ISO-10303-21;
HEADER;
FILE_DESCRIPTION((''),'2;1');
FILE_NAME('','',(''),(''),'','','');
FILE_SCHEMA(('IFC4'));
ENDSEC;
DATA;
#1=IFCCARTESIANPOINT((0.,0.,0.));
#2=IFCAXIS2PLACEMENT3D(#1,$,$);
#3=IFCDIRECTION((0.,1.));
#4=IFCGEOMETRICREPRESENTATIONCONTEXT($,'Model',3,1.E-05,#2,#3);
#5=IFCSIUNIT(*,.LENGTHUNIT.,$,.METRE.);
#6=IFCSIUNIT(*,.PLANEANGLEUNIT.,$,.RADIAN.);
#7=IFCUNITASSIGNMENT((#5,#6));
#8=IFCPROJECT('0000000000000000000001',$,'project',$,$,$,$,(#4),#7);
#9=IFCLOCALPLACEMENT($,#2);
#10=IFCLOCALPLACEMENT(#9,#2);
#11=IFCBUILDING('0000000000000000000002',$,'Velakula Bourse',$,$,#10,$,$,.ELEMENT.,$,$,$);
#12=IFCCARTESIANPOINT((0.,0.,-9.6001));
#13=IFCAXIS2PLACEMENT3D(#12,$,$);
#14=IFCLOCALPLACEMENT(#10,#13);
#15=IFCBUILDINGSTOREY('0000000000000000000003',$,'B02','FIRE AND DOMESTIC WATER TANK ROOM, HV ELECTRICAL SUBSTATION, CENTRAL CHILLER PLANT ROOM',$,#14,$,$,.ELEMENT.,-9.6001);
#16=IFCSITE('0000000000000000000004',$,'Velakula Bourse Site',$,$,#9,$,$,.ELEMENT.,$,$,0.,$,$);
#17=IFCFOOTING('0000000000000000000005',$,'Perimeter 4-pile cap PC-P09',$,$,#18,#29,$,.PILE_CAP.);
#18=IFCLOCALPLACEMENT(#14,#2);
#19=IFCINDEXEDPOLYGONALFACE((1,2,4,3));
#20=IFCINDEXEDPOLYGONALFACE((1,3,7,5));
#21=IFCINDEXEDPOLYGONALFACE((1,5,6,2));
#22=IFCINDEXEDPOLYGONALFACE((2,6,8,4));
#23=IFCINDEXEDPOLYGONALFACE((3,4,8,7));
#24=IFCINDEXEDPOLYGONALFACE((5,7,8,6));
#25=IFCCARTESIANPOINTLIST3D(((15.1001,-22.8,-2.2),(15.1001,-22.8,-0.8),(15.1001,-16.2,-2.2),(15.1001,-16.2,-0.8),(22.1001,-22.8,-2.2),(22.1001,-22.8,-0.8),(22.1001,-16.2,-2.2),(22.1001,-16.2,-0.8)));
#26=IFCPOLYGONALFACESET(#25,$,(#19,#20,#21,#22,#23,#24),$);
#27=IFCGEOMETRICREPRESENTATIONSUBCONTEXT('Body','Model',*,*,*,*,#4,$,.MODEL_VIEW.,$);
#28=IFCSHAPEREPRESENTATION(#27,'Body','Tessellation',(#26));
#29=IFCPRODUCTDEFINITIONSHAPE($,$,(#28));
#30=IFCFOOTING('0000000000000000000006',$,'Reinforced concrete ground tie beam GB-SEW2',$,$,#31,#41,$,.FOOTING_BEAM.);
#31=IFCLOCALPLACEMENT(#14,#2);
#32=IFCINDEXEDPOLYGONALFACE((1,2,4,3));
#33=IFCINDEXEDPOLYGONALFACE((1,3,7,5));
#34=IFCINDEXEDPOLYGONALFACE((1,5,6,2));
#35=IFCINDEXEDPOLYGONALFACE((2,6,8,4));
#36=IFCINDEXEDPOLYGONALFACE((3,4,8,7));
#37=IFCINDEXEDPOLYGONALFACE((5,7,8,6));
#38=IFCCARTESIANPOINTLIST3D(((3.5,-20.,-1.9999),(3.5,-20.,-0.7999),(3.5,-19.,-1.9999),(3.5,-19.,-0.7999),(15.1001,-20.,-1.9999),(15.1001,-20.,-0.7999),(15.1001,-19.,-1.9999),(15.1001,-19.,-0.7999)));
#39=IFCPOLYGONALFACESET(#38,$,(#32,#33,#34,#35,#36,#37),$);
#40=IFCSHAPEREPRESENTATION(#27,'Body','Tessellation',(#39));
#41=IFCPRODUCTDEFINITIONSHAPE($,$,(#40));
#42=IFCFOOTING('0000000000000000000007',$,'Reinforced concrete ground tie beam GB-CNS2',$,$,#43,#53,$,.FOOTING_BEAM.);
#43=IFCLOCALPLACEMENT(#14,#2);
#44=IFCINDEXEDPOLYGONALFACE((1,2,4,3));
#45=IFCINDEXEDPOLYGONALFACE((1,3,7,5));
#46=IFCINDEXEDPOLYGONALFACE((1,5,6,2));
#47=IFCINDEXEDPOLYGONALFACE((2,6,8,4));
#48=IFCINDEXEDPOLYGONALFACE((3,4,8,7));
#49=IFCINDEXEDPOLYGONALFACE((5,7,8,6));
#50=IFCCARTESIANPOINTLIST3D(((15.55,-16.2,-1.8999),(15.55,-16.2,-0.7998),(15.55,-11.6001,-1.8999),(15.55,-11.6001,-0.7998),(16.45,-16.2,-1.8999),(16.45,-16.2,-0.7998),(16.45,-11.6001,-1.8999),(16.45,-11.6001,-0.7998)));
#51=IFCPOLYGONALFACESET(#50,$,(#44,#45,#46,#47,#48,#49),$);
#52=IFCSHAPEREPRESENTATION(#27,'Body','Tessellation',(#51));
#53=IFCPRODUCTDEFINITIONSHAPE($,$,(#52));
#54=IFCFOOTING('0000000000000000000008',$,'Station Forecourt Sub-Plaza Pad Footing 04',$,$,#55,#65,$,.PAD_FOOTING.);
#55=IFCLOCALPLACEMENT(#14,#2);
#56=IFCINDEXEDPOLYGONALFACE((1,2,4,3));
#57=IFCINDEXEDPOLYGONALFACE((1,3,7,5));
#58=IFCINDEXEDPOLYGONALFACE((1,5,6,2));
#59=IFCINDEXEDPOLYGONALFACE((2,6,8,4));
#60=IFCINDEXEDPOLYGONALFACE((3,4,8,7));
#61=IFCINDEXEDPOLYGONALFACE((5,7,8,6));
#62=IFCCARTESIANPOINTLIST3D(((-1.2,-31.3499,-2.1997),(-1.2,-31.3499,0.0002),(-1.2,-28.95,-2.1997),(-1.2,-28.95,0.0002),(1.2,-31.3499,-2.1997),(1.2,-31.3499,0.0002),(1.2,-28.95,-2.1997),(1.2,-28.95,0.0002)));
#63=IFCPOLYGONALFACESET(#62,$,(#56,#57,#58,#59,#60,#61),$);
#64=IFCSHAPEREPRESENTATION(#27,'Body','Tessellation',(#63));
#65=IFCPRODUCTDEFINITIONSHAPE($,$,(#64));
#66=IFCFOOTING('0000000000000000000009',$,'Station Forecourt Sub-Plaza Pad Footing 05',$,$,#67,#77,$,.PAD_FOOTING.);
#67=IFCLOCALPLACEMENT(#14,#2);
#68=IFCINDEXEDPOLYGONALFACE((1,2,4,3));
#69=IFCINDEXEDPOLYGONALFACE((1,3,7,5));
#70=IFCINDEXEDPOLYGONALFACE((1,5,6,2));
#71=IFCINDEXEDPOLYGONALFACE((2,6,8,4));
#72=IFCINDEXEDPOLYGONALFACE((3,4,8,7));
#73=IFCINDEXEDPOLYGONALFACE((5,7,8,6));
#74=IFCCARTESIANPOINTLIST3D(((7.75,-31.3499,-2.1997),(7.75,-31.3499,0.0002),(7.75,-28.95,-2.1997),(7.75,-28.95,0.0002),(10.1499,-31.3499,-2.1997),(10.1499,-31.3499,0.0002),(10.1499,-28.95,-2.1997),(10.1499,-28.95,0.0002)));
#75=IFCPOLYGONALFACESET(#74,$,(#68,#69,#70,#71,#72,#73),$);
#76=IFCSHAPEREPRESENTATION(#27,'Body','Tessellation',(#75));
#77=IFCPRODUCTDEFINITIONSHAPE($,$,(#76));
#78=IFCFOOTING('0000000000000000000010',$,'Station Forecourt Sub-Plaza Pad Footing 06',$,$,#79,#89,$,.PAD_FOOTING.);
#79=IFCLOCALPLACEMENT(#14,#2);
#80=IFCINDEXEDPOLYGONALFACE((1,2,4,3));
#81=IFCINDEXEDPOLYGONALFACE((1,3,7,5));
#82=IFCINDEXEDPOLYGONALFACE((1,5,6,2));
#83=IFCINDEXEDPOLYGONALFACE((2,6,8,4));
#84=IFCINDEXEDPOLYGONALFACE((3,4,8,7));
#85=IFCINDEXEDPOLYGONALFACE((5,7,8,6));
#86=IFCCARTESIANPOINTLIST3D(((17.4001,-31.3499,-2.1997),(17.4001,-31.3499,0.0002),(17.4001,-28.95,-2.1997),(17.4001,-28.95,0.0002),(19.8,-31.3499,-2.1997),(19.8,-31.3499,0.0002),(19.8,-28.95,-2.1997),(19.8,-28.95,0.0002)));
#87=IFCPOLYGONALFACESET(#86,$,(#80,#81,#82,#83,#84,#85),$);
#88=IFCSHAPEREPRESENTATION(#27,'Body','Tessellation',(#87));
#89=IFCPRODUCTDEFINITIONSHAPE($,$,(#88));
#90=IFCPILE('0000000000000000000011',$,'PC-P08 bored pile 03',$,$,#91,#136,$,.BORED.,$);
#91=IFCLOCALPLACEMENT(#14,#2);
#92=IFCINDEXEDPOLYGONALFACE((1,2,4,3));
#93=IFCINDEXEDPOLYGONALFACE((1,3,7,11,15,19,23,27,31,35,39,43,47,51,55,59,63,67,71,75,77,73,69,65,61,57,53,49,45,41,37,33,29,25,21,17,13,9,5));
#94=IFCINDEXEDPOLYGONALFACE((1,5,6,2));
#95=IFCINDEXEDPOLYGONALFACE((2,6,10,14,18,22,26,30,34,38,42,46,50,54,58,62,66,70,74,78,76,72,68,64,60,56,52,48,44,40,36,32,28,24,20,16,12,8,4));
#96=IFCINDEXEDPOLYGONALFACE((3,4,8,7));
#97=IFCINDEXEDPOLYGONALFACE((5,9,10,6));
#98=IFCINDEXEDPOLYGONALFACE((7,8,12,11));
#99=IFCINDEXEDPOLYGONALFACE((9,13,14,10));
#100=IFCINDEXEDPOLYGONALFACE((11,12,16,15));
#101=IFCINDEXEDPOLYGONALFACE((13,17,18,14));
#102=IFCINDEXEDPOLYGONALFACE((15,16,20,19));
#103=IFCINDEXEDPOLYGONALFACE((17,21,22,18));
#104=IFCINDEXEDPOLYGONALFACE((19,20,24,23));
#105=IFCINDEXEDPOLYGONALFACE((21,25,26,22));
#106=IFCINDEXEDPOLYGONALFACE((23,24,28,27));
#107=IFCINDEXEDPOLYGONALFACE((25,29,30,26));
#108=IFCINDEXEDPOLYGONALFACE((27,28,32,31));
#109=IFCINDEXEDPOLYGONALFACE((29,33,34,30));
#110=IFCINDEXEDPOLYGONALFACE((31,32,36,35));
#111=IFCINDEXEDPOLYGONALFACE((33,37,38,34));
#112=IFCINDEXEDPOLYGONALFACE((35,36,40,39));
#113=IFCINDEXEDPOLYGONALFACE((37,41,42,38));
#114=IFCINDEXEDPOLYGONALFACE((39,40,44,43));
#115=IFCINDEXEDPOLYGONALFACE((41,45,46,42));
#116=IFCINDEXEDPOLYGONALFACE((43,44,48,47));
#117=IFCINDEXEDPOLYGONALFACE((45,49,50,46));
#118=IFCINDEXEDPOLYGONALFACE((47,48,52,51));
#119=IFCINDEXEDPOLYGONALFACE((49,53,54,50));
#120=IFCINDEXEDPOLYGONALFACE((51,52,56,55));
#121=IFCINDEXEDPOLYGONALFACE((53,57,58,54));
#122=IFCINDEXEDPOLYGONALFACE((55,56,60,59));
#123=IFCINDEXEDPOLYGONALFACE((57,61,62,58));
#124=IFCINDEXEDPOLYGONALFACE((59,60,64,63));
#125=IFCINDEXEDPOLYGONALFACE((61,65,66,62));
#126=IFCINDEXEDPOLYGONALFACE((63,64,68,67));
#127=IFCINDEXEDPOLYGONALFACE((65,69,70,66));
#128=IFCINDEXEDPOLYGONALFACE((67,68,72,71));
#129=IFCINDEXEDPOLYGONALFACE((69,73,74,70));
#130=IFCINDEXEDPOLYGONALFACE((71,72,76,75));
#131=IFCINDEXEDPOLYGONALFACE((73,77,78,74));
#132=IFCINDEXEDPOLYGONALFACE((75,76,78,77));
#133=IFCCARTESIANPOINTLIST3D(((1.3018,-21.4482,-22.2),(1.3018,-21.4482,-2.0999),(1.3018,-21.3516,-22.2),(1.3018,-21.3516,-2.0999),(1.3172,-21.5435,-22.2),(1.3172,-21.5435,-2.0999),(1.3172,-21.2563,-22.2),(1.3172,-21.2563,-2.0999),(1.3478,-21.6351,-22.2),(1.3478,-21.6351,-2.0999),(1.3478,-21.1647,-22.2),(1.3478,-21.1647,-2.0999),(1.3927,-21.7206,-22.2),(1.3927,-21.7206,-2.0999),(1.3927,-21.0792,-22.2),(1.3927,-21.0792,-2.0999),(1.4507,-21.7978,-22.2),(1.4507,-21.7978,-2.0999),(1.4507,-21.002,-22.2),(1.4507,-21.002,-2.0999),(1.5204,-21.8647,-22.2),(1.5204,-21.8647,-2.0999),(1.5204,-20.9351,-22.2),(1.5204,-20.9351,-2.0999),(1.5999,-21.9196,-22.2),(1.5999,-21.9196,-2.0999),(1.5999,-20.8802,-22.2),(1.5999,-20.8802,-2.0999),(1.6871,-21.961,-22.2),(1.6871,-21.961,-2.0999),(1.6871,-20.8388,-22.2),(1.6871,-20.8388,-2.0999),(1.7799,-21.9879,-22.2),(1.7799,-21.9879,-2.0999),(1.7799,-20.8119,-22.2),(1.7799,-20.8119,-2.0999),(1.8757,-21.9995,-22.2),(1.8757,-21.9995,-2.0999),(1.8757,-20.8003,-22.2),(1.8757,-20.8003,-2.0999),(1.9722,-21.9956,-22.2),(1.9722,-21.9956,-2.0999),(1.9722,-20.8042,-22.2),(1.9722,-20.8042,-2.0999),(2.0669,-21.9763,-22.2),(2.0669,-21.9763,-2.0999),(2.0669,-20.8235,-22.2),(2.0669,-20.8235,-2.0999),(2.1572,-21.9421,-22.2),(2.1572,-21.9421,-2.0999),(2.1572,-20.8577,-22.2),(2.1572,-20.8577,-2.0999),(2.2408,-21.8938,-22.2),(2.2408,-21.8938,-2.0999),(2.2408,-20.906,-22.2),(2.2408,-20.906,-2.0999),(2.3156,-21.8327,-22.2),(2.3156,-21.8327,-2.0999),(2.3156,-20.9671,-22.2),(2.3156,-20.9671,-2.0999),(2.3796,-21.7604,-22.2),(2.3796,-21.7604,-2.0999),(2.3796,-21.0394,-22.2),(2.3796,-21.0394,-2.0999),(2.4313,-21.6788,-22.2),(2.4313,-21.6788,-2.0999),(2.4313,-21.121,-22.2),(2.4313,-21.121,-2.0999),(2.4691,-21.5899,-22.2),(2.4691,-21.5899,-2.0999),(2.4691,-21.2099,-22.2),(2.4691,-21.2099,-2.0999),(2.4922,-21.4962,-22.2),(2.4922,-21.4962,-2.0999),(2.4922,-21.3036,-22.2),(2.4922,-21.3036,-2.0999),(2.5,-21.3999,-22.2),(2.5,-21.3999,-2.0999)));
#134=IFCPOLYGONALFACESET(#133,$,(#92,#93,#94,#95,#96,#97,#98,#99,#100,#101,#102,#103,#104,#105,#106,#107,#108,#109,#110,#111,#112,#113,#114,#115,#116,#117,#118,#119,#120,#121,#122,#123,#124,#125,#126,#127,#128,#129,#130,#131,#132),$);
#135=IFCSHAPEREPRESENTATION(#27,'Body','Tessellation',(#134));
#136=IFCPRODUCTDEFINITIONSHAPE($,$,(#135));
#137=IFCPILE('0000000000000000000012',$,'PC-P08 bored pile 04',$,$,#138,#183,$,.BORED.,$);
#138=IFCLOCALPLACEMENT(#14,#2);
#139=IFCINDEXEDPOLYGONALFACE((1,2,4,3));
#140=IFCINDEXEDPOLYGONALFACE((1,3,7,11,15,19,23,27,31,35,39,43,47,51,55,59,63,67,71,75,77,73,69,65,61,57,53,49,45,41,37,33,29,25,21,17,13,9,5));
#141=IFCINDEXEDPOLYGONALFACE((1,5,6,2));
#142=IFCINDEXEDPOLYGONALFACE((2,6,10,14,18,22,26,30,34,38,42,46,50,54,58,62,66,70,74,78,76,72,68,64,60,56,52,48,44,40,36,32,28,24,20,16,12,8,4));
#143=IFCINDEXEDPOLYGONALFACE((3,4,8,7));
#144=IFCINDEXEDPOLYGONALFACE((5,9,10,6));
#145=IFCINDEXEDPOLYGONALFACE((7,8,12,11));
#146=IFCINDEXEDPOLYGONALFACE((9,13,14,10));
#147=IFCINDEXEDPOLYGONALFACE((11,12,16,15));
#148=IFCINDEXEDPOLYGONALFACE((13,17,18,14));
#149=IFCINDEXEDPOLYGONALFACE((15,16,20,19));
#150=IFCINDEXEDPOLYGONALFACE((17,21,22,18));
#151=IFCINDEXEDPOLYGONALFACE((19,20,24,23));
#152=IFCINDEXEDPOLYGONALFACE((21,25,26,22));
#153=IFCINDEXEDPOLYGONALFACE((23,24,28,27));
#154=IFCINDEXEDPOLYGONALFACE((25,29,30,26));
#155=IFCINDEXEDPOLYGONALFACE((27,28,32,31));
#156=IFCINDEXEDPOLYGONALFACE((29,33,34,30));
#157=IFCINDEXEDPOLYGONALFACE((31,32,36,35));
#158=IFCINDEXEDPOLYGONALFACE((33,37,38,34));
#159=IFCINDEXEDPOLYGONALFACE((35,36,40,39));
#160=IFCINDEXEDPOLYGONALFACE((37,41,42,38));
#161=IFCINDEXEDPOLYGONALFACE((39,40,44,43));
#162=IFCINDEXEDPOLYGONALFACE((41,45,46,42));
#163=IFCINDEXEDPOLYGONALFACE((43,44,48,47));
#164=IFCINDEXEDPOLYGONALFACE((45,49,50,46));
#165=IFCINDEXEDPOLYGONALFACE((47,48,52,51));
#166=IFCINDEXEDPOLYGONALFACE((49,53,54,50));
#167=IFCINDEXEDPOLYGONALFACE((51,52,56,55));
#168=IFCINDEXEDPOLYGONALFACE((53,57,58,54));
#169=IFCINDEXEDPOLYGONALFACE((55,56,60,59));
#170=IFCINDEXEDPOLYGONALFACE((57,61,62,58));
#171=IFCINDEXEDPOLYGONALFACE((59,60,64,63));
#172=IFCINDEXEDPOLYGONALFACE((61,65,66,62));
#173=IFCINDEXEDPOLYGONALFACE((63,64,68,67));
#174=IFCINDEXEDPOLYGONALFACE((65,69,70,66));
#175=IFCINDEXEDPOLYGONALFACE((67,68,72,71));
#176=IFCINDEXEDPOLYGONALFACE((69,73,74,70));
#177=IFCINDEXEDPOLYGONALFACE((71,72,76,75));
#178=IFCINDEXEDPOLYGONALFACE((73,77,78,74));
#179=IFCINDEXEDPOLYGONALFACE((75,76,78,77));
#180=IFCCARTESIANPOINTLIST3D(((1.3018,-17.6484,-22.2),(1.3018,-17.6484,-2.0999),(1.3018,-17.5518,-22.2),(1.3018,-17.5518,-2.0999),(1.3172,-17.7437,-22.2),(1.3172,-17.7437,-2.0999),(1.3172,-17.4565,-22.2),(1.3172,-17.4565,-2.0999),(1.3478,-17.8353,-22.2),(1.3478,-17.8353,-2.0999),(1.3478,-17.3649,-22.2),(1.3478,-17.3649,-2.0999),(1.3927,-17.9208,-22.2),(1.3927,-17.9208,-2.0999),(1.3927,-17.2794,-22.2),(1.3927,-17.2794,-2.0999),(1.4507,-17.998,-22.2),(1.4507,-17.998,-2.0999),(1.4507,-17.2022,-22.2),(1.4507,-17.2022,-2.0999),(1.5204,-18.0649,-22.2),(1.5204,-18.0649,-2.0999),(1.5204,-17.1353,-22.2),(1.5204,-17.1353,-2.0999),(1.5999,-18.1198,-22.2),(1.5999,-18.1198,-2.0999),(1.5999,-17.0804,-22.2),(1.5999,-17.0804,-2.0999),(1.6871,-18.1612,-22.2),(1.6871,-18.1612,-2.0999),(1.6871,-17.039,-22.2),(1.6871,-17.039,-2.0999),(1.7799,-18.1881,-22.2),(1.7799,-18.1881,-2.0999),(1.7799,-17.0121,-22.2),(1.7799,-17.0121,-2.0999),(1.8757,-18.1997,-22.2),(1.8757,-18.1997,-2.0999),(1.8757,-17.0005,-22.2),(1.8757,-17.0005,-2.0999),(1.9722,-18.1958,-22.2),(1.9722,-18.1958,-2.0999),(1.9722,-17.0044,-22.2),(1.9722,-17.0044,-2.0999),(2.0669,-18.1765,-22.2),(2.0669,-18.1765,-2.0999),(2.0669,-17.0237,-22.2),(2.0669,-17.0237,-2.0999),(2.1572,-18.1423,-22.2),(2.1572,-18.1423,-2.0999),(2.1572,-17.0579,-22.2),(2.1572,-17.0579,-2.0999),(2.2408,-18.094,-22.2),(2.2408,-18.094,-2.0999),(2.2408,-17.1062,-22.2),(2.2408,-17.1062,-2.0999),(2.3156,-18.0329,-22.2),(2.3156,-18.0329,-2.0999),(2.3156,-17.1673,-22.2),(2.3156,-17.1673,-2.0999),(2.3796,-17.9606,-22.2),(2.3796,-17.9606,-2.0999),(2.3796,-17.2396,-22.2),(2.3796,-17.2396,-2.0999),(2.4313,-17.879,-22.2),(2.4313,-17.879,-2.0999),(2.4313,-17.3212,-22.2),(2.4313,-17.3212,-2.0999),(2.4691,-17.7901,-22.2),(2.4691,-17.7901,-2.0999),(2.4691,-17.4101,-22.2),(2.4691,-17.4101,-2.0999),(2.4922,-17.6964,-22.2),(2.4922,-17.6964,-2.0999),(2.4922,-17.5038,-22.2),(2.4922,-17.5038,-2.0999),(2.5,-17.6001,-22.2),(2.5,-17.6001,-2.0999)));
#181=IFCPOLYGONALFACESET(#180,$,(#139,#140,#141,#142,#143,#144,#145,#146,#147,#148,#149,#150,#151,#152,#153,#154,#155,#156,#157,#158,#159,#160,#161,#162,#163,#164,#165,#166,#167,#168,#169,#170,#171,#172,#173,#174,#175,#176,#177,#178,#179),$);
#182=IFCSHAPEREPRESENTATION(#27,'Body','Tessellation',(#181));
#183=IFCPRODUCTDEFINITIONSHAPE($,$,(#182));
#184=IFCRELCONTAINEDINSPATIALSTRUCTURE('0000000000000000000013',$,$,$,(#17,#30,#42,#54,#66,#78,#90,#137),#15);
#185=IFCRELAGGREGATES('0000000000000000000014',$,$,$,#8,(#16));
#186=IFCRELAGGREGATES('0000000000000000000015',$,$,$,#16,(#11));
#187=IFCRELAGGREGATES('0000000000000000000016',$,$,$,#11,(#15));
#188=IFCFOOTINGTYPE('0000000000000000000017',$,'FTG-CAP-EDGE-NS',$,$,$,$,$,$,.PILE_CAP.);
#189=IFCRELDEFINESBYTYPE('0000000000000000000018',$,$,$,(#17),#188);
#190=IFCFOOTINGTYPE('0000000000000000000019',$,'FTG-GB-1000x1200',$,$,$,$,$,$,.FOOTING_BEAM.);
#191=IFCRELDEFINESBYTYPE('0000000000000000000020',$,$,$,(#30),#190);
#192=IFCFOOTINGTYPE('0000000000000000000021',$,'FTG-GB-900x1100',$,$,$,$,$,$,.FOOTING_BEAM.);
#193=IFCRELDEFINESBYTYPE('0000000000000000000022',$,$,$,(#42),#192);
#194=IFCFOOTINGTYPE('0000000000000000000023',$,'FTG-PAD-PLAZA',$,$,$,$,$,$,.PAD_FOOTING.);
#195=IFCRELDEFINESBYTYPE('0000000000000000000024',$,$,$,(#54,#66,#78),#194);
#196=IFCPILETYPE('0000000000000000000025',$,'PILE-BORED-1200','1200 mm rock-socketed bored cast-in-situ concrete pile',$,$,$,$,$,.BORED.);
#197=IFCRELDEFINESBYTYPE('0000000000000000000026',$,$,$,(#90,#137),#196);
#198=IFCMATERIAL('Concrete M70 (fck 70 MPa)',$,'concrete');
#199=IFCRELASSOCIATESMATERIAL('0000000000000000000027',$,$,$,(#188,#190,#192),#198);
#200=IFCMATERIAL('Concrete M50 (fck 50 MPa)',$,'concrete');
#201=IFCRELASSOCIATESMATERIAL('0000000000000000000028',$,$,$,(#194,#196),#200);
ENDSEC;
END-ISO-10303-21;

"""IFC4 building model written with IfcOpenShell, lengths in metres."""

from ifc_helpers import new_model, si_unit, direction, frame, origin, origin_2d, place, context, subcontext, project, spatial, rectangle, circle, extrude, material, material_profile, profile_set, type_object, element, save


model = new_model("IFC4")

# Units and contexts
model_context = context("Model", 3, precision=1e-05, world=origin(), true_north=direction((0.0, 1.0)))
body_context = subcontext(model_context, "Body", "Model", "MODEL_VIEW")
ifc_project = project(units=[si_unit("LENGTHUNIT", "METRE"), si_unit("PLANEANGLEUNIT", "RADIAN")], contexts=[model_context])

# Site, building, storey
site_placement = place(None, origin())
site = spatial("IfcSite", under=ifc_project, at=site_placement, Name="Velakula Bourse Site", CompositionType="ELEMENT", RefElevation=0.0)
building_placement = place(site_placement, origin())
building = spatial("IfcBuilding", under=site, at=building_placement, Name="Velakula Bourse", CompositionType="ELEMENT")
storey_placement = place(building_placement, frame((0.0, 0.0, -9.6001)))
storey = spatial("IfcBuildingStorey", under=building, at=storey_placement, Name="B02", Description="FIRE AND DOMESTIC WATER TANK ROOM, HV ELECTRICAL SUBSTATION, CENTRAL CHILLER PLANT ROOM", CompositionType="ELEMENT", Elevation=-9.6001)

# Footings
ifc_material_1 = material(Name="Concrete M70 (fck 70 MPa)", Category="concrete")
footing_type_1 = type_object("IfcFootingType", Name="FTG-CAP-EDGE-NS", PredefinedType="PILE_CAP", material=ifc_material_1)
footing_1_placement = place(storey_placement, frame((18.6001, -19.5, -2.2), z_axis=(0.0, 0.0, 1.0), x_axis=(1.0, 0.0, 0.0)))
element("IfcFooting", 1, at=footing_1_placement, inside=storey, type_object=footing_type_1, Name="Perimeter 4-pile cap PC-P09", PredefinedType="PILE_CAP", context=body_context, shape_type="SweptSolid", body=[
    extrude(rectangle(XDim=7.0, YDim=6.6001, at=origin_2d()), origin(), (0.0, 0.0, 1.0), 1.3999),
])
ifc_material_profile_1 = material_profile(ifc_material_1, rectangle(XDim=1.0, YDim=1.2, at=origin_2d()), Name="Concrete M70 (fck 70 MPa)")
ifc_profile_set_1 = profile_set([ifc_material_profile_1], Name="Concrete M70 (fck 70 MPa)")
footing_type_2 = type_object("IfcFootingType", Name="FTG-GB-1000x1200", PredefinedType="FOOTING_BEAM", material=ifc_profile_set_1)
footing_2_placement = place(storey_placement, frame((3.5, -19.5, -1.3999), z_axis=(1.0, 0.0, 0.0), x_axis=(0.0, 1.0, 0.0)))
element("IfcFooting", 2, at=footing_2_placement, inside=storey, type_object=footing_type_2, Name="Reinforced concrete ground tie beam GB-SEW2", PredefinedType="FOOTING_BEAM", context=body_context, shape_type="SweptSolid", body=[
    extrude(rectangle(XDim=1.0, YDim=1.2, at=origin_2d()), origin(), (0.0, 0.0, 1.0), 11.6001),
])
ifc_material_profile_2 = material_profile(ifc_material_1, rectangle(XDim=0.8999, YDim=1.1001, at=origin_2d()), Name="Concrete M70 (fck 70 MPa)")
ifc_profile_set_2 = profile_set([ifc_material_profile_2], Name="Concrete M70 (fck 70 MPa)")
footing_type_3 = type_object("IfcFootingType", Name="FTG-GB-900x1100", PredefinedType="FOOTING_BEAM", material=ifc_profile_set_2)
footing_3_placement = place(storey_placement, frame((16.0, -16.2, -1.3499), z_axis=(0.0, 1.0, 0.0), x_axis=(-1.0, 0.0, 0.0)))
element("IfcFooting", 3, at=footing_3_placement, inside=storey, type_object=footing_type_3, Name="Reinforced concrete ground tie beam GB-CNS2", PredefinedType="FOOTING_BEAM", context=body_context, shape_type="SweptSolid", body=[
    extrude(rectangle(XDim=0.8999, YDim=1.1001, at=origin_2d()), origin(), (0.0, 0.0, 1.0), 4.5999),
])
ifc_material_2 = material(Name="Concrete M50 (fck 50 MPa)", Category="concrete")
footing_type_4 = type_object("IfcFootingType", Name="FTG-PAD-PLAZA", PredefinedType="PAD_FOOTING", material=ifc_material_2)
for number, where, z_axis, x_axis, name in (
    (4, (0.0, -30.1499, -2.1997), (0.0, 0.0, 1.0), (1.0, 0.0, 0.0), "Station Forecourt Sub-Plaza Pad Footing 04"),
    (5, (8.95, -30.1499, -2.1997), (0.0, 0.0, 1.0), (1.0, 0.0, 0.0), "Station Forecourt Sub-Plaza Pad Footing 05"),
    (6, (18.6001, -30.1499, -2.1997), (0.0, 0.0, 1.0), (1.0, 0.0, 0.0), "Station Forecourt Sub-Plaza Pad Footing 06"),
):
    element("IfcFooting", number, at=place(storey_placement, frame(where, z_axis=z_axis, x_axis=x_axis)), inside=storey, type_object=footing_type_4, Name=name, PredefinedType="PAD_FOOTING", context=body_context, shape_type="SweptSolid", body=[
        extrude(rectangle(XDim=2.3999, YDim=2.3999, at=origin_2d()), origin(), (0.0, 0.0, 1.0), 2.2),
    ])

# Piles
ifc_material_profile_3 = material_profile(ifc_material_2, circle(Radius=0.6001, at=origin_2d()), Name="Concrete M50 (fck 50 MPa)")
ifc_profile_set_3 = profile_set([ifc_material_profile_3], Name="Concrete M50 (fck 50 MPa)")
pile_type_1 = type_object("IfcPileType", Name="PILE-BORED-1200", Description="1200 mm rock-socketed bored cast-in-situ concrete pile", PredefinedType="BORED", material=ifc_profile_set_3)
for number, where, z_axis, x_axis, name in (
    (7, (1.8999, -21.3999, -2.0999), (0.0, 0.0, -1.0), (1.0, 0.0, 0.0), "PC-P08 bored pile 03"),
    (8, (1.8999, -17.6001, -2.0999), (0.0, 0.0, -1.0), (1.0, 0.0, 0.0), "PC-P08 bored pile 04"),
):
    element("IfcPile", number, at=place(storey_placement, frame(where, z_axis=z_axis, x_axis=x_axis)), inside=storey, type_object=pile_type_1, Name=name, PredefinedType="BORED", context=body_context, shape_type="SweptSolid", body=[
        extrude(circle(Radius=0.6001, at=origin_2d()), origin(), (0.0, 0.0, 1.0), 20.1001),
    ])

save(model, "model.ifc")
